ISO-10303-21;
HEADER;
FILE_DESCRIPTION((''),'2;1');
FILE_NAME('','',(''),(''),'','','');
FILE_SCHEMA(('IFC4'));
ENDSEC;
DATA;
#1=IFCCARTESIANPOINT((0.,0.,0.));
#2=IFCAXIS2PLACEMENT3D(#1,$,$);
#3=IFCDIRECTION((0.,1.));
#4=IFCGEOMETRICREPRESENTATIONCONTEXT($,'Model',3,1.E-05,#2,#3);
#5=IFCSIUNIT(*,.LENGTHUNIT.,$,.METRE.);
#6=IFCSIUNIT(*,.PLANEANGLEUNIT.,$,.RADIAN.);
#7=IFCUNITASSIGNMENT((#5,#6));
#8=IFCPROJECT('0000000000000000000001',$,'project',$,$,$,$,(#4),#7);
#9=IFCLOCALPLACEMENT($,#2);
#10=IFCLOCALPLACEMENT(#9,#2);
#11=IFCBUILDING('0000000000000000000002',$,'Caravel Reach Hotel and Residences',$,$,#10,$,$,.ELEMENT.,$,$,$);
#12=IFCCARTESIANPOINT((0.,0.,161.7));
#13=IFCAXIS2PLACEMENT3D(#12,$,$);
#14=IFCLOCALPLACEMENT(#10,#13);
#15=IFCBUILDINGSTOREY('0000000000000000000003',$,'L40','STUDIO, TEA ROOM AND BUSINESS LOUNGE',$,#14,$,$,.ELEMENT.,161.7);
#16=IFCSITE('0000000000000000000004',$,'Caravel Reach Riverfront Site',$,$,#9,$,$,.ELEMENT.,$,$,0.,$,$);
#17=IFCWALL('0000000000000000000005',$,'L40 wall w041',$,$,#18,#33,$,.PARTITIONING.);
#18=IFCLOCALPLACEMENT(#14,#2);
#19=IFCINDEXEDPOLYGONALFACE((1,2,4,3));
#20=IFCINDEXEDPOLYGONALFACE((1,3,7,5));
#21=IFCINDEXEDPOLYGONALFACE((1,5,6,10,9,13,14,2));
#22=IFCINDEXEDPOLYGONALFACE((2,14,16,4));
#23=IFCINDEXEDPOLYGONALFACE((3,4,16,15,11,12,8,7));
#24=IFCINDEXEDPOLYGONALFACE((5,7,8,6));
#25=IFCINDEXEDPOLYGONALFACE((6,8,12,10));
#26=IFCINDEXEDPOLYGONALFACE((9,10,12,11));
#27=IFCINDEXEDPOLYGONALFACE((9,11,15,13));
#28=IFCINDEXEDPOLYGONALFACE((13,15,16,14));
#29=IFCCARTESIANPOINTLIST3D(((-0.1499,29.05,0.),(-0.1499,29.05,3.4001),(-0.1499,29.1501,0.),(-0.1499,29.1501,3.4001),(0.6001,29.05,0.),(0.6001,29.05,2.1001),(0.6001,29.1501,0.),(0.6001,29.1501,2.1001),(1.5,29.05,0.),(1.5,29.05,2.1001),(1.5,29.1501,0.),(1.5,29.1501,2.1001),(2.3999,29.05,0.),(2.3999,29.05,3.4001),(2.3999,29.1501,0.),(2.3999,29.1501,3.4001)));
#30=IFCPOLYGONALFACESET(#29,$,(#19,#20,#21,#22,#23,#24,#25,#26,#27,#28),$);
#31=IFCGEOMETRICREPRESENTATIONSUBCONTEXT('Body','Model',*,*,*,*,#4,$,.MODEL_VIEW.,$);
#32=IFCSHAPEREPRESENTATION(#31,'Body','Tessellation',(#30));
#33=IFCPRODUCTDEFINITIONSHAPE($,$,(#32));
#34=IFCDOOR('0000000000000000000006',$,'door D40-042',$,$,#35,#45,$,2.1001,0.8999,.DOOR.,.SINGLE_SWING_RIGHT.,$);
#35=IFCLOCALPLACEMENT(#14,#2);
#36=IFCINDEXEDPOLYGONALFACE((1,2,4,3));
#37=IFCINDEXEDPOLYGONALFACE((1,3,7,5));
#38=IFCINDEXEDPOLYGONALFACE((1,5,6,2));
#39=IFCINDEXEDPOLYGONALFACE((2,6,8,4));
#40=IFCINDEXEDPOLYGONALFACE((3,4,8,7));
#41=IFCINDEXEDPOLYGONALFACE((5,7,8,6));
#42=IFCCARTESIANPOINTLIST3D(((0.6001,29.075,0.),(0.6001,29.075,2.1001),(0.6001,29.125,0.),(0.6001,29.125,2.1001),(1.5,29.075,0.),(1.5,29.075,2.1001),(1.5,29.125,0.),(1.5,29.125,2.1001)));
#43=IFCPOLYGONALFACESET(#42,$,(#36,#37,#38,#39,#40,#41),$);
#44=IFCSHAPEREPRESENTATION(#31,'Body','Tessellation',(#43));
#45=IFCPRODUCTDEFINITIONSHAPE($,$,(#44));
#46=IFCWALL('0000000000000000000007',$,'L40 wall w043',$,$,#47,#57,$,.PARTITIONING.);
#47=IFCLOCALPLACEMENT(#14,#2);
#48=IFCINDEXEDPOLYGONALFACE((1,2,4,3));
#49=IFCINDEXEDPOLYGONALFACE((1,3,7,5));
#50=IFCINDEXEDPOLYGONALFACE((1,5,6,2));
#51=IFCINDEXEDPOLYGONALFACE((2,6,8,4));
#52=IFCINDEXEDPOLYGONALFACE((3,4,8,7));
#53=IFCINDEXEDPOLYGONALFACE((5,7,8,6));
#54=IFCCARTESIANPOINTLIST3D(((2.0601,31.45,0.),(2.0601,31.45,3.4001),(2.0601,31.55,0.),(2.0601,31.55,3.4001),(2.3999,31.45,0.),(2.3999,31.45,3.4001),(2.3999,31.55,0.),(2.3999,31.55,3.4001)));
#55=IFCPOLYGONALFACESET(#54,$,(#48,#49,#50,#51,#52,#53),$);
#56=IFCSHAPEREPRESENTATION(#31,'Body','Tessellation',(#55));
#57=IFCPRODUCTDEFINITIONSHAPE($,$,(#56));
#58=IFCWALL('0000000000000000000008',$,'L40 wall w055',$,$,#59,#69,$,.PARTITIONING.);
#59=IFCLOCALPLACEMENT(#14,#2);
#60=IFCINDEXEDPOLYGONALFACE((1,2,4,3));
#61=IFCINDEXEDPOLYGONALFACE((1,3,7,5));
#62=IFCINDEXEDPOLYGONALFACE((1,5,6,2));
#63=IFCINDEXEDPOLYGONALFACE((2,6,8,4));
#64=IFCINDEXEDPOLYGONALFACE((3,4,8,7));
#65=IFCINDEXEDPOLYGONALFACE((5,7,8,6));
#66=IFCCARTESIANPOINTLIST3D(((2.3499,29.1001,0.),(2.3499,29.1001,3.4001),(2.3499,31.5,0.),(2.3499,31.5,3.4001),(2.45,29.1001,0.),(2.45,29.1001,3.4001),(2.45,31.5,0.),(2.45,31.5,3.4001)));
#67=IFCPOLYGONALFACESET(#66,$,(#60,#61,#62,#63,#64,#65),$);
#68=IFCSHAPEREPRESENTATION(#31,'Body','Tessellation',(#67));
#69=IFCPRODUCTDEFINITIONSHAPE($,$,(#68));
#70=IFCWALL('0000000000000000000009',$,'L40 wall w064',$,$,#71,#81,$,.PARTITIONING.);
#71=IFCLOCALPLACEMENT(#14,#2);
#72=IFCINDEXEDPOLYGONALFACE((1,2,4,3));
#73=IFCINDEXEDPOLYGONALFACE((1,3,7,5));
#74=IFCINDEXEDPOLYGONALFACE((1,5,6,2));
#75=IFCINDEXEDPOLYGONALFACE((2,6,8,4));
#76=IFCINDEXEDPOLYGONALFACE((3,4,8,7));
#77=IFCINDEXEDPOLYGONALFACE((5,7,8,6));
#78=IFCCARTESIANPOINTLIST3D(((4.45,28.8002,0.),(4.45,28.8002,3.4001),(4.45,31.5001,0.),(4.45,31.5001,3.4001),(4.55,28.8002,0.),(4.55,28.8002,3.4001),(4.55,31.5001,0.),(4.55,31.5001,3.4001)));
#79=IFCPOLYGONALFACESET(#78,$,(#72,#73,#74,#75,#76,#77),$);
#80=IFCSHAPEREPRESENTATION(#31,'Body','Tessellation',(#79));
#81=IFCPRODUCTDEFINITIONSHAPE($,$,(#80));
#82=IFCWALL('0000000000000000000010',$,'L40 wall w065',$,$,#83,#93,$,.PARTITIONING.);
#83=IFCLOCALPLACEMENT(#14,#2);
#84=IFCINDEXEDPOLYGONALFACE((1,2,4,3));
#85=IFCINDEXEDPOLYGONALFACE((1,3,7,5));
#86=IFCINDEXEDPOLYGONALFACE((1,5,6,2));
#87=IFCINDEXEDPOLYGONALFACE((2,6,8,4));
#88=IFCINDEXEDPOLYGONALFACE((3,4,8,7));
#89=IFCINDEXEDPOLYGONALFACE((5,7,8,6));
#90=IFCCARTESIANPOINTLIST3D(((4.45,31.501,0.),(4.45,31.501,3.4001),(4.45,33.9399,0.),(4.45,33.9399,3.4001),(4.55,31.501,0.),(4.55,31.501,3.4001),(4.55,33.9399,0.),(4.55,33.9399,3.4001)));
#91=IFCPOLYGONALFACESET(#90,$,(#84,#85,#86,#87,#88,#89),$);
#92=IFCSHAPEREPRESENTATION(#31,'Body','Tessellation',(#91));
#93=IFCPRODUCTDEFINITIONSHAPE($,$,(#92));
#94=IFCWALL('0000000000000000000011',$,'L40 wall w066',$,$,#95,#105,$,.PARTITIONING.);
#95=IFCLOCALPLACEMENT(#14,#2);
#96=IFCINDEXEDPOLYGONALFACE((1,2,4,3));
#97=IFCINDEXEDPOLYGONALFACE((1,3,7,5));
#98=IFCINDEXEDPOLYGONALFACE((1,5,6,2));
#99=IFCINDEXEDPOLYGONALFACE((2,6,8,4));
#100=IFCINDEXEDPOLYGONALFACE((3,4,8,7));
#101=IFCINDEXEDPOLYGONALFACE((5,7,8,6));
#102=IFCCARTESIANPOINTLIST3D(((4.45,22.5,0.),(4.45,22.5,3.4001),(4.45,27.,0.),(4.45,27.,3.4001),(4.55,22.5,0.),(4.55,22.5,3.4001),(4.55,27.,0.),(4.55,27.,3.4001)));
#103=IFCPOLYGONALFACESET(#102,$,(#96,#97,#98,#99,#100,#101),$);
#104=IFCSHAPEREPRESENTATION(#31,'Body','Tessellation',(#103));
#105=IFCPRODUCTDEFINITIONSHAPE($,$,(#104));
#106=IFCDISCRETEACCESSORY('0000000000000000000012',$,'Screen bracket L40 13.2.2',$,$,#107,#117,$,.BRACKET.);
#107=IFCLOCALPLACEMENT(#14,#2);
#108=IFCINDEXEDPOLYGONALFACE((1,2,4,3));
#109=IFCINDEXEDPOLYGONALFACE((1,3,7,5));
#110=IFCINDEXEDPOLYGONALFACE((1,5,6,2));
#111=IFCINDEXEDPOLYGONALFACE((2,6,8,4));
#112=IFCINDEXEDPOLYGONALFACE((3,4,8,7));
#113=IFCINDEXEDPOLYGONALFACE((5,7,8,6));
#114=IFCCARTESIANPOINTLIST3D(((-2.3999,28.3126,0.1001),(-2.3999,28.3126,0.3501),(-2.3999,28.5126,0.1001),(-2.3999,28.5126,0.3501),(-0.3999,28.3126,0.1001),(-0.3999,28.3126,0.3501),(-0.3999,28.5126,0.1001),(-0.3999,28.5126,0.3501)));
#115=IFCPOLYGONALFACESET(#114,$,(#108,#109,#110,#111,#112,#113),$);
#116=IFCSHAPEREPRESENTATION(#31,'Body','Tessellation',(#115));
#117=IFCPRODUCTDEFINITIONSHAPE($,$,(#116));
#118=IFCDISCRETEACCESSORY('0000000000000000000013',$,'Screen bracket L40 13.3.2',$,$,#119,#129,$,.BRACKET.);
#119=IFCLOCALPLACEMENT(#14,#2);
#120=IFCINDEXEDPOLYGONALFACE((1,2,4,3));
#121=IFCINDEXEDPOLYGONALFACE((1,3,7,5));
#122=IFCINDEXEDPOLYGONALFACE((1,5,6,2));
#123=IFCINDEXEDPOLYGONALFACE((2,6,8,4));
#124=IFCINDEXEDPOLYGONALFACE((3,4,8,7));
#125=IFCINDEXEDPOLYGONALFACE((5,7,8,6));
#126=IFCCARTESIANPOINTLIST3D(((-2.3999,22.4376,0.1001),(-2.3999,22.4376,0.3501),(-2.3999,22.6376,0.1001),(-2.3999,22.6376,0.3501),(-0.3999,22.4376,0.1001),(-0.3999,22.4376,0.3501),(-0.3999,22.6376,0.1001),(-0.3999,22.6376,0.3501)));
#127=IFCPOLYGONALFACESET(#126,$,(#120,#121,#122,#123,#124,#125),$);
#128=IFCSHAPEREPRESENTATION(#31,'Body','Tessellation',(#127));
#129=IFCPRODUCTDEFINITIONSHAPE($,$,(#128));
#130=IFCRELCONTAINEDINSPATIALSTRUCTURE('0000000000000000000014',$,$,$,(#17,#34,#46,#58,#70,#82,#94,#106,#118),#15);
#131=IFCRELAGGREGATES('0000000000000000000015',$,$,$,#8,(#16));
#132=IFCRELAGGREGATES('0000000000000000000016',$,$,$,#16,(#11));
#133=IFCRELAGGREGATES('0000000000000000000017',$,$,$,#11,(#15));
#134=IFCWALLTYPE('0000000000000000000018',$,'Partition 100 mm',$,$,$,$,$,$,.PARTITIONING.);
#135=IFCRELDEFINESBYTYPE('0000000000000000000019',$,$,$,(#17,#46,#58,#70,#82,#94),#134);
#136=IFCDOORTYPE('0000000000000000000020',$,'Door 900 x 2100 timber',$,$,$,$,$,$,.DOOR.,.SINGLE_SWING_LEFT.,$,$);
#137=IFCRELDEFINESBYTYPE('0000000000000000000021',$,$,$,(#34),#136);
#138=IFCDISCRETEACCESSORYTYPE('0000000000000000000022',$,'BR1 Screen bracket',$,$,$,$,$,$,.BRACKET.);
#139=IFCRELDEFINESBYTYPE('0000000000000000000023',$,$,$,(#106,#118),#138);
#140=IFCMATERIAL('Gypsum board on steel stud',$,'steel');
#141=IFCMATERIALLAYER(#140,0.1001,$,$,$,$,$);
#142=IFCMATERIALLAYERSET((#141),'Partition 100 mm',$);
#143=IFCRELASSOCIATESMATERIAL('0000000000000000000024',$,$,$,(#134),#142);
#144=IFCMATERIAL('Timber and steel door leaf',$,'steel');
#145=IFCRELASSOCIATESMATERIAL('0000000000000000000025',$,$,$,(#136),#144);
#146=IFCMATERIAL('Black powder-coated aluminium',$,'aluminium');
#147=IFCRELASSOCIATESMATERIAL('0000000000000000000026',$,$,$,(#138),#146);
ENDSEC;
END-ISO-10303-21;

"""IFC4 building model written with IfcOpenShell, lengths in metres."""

from ifc_helpers import new_model, si_unit, direction, frame, frame_2d, origin, origin_2d, place, context, subcontext, project, spatial, rectangle, extrude, material, layer, layer_set, type_object, element, fill, save


model = new_model("IFC4")

# Units and contexts
model_context = context("Model", 3, precision=1e-05, world=origin(), true_north=direction((0.0, 1.0)))
body_context = subcontext(model_context, "Body", "Model", "MODEL_VIEW")
ifc_project = project(units=[si_unit("LENGTHUNIT", "METRE"), si_unit("PLANEANGLEUNIT", "RADIAN")], contexts=[model_context])

# Site, building, storey
site_placement = place(None, origin())
site = spatial("IfcSite", under=ifc_project, at=site_placement, Name="Caravel Reach Riverfront Site", CompositionType="ELEMENT", RefElevation=0.0)
building_placement = place(site_placement, origin())
building = spatial("IfcBuilding", under=site, at=building_placement, Name="Caravel Reach Hotel and Residences", CompositionType="ELEMENT")
storey_placement = place(building_placement, frame((0.0, 0.0, 161.7)))
storey = spatial("IfcBuildingStorey", under=building, at=storey_placement, Name="L40", Description="STUDIO, TEA ROOM AND BUSINESS LOUNGE", CompositionType="ELEMENT", Elevation=161.7)

# Wall, opening, door
ifc_material_1 = material(Name="Gypsum board on steel stud", Category="steel")
ifc_layer_1 = layer(ifc_material_1, 0.1001)
ifc_layer_set_1 = layer_set([ifc_layer_1], Name="Partition 100 mm")
wall_type_1 = type_object("IfcWallType", Name="Partition 100 mm", PredefinedType="PARTITIONING", material=ifc_layer_set_1)
wall_1_placement = place(storey_placement, frame((-0.1499, 29.1001, 0.0), z_axis=(0.0, 0.0, 1.0), x_axis=(1.0, 0.0, 0.0)))
wall_1 = element("IfcWall", 1, at=wall_1_placement, inside=storey, type_object=wall_type_1, Name="L40 wall w041", PredefinedType="PARTITIONING", context=body_context, shape_type="SweptSolid", body=[
    extrude(rectangle(XDim=2.5498, YDim=0.1001, at=frame_2d((1.2749, 0.0))), origin(), (0.0, 0.0, 1.0), 3.4001),
])
opening_1_placement = place(wall_1_placement, frame((0.75, 0.0, 0.0)))
opening_1 = element("IfcOpeningElement", 2, at=opening_1_placement, cuts=wall_1, PredefinedType="OPENING", context=body_context, shape_type="SweptSolid", body=[
    extrude(rectangle(XDim=0.8999, YDim=2.1001, at=frame_2d((0.45, 1.05))), frame((0.0, 0.0601, 0.0), z_axis=(0.0, -1.0, 0.0), x_axis=(1.0, 0.0, 0.0)), (0.0, 0.0, 1.0), 0.1201),
])
ifc_material_2 = material(Name="Timber and steel door leaf", Category="steel")
door_type_1 = type_object("IfcDoorType", Name="Door 900 x 2100 timber", OperationType="SINGLE_SWING_LEFT", PredefinedType="DOOR", material=ifc_material_2)
door_1_placement = place(opening_1_placement, origin())
door_1 = element("IfcDoor", 3, at=door_1_placement, inside=storey, type_object=door_type_1, Name="door D40-042", OperationType="SINGLE_SWING_RIGHT", OverallHeight=2.1001, OverallWidth=0.8999, PredefinedType="DOOR", context=body_context, shape_type="SweptSolid", body=[
    extrude(rectangle(XDim=0.8999, YDim=2.1001, at=frame_2d((0.45, 1.05))), frame((0.0, 0.0249, 0.0), z_axis=(0.0, -1.0, 0.0), x_axis=(1.0, 0.0, 0.0)), (0.0, 0.0, 1.0), 0.05),
])
fill(opening_1, door_1)

# Walls
wall_2_placement = place(storey_placement, frame((2.0601, 31.5, 0.0), z_axis=(0.0, 0.0, 1.0), x_axis=(1.0, 0.0, 0.0)))
element("IfcWall", 4, at=wall_2_placement, inside=storey, type_object=wall_type_1, Name="L40 wall w043", PredefinedType="PARTITIONING", context=body_context, shape_type="SweptSolid", body=[
    extrude(rectangle(XDim=0.3398, YDim=0.1001, at=frame_2d((0.1699, 0.0))), origin(), (0.0, 0.0, 1.0), 3.4001),
])
wall_3_placement = place(storey_placement, frame((2.3999, 29.1001, 0.0), z_axis=(0.0, 0.0, 1.0), x_axis=(0.0, 1.0, 0.0)))
element("IfcWall", 5, at=wall_3_placement, inside=storey, type_object=wall_type_1, Name="L40 wall w055", PredefinedType="PARTITIONING", context=body_context, shape_type="SweptSolid", body=[
    extrude(rectangle(XDim=2.3999, YDim=0.1001, at=frame_2d((1.2, 0.0))), origin(), (0.0, 0.0, 1.0), 3.4001),
])
wall_4_placement = place(storey_placement, frame((4.5, 28.8, 0.0), z_axis=(0.0, 0.0, 1.0), x_axis=(0.0, 1.0, 0.0)))
element("IfcWall", 6, at=wall_4_placement, inside=storey, type_object=wall_type_1, Name="L40 wall w064", PredefinedType="PARTITIONING", context=body_context, shape_type="SweptSolid", body=[
    extrude(rectangle(XDim=2.7, YDim=0.1001, at=frame_2d((1.3501, 0.0))), origin(), (0.0, 0.0, 1.0), 3.4001),
])
wall_5_placement = place(storey_placement, frame((4.5, 31.501, 0.0), z_axis=(0.0, 0.0, 1.0), x_axis=(0.0, 1.0, 0.0)))
element("IfcWall", 7, at=wall_5_placement, inside=storey, type_object=wall_type_1, Name="L40 wall w065", PredefinedType="PARTITIONING", context=body_context, shape_type="SweptSolid", body=[
    extrude(rectangle(XDim=2.439, YDim=0.1001, at=frame_2d((1.2195, 0.0))), origin(), (0.0, 0.0, 1.0), 3.4001),
])
wall_6_placement = place(storey_placement, frame((4.5, 22.5, 0.0), z_axis=(0.0, 0.0, 1.0), x_axis=(0.0, 1.0, 0.0)))
element("IfcWall", 8, at=wall_6_placement, inside=storey, type_object=wall_type_1, Name="L40 wall w066", PredefinedType="PARTITIONING", context=body_context, shape_type="SweptSolid", body=[
    extrude(rectangle(XDim=4.5, YDim=0.1001, at=frame_2d((2.25, 0.0))), origin(), (0.0, 0.0, 1.0), 3.4001),
])

# Discrete accessories
ifc_material_3 = material(Name="Black powder-coated aluminium", Category="aluminium")
discrete_accessory_type = type_object("IfcDiscreteAccessoryType", Name="BR1 Screen bracket", PredefinedType="BRACKET", material=ifc_material_3)
for number, where, z_axis, x_axis, name in (
    (9, (-1.3999, 28.4126, 0.1001), (0.0, 0.0, 1.0), (-1.0, 0.0, 0.0), "Screen bracket L40 13.2.2"),
    (10, (-1.3999, 22.5376, 0.1001), (0.0, 0.0, 1.0), (-1.0, 0.0, 0.0), "Screen bracket L40 13.3.2"),
):
    element("IfcDiscreteAccessory", number, at=place(storey_placement, frame(where, z_axis=z_axis, x_axis=x_axis)), inside=storey, type_object=discrete_accessory_type, Name=name, PredefinedType="BRACKET", context=body_context, shape_type="SweptSolid", body=[
        extrude(rectangle(XDim=2.0, YDim=0.2, at=origin_2d()), origin(), (0.0, 0.0, 1.0), 0.25),
    ])

save(model, "model.ifc")
